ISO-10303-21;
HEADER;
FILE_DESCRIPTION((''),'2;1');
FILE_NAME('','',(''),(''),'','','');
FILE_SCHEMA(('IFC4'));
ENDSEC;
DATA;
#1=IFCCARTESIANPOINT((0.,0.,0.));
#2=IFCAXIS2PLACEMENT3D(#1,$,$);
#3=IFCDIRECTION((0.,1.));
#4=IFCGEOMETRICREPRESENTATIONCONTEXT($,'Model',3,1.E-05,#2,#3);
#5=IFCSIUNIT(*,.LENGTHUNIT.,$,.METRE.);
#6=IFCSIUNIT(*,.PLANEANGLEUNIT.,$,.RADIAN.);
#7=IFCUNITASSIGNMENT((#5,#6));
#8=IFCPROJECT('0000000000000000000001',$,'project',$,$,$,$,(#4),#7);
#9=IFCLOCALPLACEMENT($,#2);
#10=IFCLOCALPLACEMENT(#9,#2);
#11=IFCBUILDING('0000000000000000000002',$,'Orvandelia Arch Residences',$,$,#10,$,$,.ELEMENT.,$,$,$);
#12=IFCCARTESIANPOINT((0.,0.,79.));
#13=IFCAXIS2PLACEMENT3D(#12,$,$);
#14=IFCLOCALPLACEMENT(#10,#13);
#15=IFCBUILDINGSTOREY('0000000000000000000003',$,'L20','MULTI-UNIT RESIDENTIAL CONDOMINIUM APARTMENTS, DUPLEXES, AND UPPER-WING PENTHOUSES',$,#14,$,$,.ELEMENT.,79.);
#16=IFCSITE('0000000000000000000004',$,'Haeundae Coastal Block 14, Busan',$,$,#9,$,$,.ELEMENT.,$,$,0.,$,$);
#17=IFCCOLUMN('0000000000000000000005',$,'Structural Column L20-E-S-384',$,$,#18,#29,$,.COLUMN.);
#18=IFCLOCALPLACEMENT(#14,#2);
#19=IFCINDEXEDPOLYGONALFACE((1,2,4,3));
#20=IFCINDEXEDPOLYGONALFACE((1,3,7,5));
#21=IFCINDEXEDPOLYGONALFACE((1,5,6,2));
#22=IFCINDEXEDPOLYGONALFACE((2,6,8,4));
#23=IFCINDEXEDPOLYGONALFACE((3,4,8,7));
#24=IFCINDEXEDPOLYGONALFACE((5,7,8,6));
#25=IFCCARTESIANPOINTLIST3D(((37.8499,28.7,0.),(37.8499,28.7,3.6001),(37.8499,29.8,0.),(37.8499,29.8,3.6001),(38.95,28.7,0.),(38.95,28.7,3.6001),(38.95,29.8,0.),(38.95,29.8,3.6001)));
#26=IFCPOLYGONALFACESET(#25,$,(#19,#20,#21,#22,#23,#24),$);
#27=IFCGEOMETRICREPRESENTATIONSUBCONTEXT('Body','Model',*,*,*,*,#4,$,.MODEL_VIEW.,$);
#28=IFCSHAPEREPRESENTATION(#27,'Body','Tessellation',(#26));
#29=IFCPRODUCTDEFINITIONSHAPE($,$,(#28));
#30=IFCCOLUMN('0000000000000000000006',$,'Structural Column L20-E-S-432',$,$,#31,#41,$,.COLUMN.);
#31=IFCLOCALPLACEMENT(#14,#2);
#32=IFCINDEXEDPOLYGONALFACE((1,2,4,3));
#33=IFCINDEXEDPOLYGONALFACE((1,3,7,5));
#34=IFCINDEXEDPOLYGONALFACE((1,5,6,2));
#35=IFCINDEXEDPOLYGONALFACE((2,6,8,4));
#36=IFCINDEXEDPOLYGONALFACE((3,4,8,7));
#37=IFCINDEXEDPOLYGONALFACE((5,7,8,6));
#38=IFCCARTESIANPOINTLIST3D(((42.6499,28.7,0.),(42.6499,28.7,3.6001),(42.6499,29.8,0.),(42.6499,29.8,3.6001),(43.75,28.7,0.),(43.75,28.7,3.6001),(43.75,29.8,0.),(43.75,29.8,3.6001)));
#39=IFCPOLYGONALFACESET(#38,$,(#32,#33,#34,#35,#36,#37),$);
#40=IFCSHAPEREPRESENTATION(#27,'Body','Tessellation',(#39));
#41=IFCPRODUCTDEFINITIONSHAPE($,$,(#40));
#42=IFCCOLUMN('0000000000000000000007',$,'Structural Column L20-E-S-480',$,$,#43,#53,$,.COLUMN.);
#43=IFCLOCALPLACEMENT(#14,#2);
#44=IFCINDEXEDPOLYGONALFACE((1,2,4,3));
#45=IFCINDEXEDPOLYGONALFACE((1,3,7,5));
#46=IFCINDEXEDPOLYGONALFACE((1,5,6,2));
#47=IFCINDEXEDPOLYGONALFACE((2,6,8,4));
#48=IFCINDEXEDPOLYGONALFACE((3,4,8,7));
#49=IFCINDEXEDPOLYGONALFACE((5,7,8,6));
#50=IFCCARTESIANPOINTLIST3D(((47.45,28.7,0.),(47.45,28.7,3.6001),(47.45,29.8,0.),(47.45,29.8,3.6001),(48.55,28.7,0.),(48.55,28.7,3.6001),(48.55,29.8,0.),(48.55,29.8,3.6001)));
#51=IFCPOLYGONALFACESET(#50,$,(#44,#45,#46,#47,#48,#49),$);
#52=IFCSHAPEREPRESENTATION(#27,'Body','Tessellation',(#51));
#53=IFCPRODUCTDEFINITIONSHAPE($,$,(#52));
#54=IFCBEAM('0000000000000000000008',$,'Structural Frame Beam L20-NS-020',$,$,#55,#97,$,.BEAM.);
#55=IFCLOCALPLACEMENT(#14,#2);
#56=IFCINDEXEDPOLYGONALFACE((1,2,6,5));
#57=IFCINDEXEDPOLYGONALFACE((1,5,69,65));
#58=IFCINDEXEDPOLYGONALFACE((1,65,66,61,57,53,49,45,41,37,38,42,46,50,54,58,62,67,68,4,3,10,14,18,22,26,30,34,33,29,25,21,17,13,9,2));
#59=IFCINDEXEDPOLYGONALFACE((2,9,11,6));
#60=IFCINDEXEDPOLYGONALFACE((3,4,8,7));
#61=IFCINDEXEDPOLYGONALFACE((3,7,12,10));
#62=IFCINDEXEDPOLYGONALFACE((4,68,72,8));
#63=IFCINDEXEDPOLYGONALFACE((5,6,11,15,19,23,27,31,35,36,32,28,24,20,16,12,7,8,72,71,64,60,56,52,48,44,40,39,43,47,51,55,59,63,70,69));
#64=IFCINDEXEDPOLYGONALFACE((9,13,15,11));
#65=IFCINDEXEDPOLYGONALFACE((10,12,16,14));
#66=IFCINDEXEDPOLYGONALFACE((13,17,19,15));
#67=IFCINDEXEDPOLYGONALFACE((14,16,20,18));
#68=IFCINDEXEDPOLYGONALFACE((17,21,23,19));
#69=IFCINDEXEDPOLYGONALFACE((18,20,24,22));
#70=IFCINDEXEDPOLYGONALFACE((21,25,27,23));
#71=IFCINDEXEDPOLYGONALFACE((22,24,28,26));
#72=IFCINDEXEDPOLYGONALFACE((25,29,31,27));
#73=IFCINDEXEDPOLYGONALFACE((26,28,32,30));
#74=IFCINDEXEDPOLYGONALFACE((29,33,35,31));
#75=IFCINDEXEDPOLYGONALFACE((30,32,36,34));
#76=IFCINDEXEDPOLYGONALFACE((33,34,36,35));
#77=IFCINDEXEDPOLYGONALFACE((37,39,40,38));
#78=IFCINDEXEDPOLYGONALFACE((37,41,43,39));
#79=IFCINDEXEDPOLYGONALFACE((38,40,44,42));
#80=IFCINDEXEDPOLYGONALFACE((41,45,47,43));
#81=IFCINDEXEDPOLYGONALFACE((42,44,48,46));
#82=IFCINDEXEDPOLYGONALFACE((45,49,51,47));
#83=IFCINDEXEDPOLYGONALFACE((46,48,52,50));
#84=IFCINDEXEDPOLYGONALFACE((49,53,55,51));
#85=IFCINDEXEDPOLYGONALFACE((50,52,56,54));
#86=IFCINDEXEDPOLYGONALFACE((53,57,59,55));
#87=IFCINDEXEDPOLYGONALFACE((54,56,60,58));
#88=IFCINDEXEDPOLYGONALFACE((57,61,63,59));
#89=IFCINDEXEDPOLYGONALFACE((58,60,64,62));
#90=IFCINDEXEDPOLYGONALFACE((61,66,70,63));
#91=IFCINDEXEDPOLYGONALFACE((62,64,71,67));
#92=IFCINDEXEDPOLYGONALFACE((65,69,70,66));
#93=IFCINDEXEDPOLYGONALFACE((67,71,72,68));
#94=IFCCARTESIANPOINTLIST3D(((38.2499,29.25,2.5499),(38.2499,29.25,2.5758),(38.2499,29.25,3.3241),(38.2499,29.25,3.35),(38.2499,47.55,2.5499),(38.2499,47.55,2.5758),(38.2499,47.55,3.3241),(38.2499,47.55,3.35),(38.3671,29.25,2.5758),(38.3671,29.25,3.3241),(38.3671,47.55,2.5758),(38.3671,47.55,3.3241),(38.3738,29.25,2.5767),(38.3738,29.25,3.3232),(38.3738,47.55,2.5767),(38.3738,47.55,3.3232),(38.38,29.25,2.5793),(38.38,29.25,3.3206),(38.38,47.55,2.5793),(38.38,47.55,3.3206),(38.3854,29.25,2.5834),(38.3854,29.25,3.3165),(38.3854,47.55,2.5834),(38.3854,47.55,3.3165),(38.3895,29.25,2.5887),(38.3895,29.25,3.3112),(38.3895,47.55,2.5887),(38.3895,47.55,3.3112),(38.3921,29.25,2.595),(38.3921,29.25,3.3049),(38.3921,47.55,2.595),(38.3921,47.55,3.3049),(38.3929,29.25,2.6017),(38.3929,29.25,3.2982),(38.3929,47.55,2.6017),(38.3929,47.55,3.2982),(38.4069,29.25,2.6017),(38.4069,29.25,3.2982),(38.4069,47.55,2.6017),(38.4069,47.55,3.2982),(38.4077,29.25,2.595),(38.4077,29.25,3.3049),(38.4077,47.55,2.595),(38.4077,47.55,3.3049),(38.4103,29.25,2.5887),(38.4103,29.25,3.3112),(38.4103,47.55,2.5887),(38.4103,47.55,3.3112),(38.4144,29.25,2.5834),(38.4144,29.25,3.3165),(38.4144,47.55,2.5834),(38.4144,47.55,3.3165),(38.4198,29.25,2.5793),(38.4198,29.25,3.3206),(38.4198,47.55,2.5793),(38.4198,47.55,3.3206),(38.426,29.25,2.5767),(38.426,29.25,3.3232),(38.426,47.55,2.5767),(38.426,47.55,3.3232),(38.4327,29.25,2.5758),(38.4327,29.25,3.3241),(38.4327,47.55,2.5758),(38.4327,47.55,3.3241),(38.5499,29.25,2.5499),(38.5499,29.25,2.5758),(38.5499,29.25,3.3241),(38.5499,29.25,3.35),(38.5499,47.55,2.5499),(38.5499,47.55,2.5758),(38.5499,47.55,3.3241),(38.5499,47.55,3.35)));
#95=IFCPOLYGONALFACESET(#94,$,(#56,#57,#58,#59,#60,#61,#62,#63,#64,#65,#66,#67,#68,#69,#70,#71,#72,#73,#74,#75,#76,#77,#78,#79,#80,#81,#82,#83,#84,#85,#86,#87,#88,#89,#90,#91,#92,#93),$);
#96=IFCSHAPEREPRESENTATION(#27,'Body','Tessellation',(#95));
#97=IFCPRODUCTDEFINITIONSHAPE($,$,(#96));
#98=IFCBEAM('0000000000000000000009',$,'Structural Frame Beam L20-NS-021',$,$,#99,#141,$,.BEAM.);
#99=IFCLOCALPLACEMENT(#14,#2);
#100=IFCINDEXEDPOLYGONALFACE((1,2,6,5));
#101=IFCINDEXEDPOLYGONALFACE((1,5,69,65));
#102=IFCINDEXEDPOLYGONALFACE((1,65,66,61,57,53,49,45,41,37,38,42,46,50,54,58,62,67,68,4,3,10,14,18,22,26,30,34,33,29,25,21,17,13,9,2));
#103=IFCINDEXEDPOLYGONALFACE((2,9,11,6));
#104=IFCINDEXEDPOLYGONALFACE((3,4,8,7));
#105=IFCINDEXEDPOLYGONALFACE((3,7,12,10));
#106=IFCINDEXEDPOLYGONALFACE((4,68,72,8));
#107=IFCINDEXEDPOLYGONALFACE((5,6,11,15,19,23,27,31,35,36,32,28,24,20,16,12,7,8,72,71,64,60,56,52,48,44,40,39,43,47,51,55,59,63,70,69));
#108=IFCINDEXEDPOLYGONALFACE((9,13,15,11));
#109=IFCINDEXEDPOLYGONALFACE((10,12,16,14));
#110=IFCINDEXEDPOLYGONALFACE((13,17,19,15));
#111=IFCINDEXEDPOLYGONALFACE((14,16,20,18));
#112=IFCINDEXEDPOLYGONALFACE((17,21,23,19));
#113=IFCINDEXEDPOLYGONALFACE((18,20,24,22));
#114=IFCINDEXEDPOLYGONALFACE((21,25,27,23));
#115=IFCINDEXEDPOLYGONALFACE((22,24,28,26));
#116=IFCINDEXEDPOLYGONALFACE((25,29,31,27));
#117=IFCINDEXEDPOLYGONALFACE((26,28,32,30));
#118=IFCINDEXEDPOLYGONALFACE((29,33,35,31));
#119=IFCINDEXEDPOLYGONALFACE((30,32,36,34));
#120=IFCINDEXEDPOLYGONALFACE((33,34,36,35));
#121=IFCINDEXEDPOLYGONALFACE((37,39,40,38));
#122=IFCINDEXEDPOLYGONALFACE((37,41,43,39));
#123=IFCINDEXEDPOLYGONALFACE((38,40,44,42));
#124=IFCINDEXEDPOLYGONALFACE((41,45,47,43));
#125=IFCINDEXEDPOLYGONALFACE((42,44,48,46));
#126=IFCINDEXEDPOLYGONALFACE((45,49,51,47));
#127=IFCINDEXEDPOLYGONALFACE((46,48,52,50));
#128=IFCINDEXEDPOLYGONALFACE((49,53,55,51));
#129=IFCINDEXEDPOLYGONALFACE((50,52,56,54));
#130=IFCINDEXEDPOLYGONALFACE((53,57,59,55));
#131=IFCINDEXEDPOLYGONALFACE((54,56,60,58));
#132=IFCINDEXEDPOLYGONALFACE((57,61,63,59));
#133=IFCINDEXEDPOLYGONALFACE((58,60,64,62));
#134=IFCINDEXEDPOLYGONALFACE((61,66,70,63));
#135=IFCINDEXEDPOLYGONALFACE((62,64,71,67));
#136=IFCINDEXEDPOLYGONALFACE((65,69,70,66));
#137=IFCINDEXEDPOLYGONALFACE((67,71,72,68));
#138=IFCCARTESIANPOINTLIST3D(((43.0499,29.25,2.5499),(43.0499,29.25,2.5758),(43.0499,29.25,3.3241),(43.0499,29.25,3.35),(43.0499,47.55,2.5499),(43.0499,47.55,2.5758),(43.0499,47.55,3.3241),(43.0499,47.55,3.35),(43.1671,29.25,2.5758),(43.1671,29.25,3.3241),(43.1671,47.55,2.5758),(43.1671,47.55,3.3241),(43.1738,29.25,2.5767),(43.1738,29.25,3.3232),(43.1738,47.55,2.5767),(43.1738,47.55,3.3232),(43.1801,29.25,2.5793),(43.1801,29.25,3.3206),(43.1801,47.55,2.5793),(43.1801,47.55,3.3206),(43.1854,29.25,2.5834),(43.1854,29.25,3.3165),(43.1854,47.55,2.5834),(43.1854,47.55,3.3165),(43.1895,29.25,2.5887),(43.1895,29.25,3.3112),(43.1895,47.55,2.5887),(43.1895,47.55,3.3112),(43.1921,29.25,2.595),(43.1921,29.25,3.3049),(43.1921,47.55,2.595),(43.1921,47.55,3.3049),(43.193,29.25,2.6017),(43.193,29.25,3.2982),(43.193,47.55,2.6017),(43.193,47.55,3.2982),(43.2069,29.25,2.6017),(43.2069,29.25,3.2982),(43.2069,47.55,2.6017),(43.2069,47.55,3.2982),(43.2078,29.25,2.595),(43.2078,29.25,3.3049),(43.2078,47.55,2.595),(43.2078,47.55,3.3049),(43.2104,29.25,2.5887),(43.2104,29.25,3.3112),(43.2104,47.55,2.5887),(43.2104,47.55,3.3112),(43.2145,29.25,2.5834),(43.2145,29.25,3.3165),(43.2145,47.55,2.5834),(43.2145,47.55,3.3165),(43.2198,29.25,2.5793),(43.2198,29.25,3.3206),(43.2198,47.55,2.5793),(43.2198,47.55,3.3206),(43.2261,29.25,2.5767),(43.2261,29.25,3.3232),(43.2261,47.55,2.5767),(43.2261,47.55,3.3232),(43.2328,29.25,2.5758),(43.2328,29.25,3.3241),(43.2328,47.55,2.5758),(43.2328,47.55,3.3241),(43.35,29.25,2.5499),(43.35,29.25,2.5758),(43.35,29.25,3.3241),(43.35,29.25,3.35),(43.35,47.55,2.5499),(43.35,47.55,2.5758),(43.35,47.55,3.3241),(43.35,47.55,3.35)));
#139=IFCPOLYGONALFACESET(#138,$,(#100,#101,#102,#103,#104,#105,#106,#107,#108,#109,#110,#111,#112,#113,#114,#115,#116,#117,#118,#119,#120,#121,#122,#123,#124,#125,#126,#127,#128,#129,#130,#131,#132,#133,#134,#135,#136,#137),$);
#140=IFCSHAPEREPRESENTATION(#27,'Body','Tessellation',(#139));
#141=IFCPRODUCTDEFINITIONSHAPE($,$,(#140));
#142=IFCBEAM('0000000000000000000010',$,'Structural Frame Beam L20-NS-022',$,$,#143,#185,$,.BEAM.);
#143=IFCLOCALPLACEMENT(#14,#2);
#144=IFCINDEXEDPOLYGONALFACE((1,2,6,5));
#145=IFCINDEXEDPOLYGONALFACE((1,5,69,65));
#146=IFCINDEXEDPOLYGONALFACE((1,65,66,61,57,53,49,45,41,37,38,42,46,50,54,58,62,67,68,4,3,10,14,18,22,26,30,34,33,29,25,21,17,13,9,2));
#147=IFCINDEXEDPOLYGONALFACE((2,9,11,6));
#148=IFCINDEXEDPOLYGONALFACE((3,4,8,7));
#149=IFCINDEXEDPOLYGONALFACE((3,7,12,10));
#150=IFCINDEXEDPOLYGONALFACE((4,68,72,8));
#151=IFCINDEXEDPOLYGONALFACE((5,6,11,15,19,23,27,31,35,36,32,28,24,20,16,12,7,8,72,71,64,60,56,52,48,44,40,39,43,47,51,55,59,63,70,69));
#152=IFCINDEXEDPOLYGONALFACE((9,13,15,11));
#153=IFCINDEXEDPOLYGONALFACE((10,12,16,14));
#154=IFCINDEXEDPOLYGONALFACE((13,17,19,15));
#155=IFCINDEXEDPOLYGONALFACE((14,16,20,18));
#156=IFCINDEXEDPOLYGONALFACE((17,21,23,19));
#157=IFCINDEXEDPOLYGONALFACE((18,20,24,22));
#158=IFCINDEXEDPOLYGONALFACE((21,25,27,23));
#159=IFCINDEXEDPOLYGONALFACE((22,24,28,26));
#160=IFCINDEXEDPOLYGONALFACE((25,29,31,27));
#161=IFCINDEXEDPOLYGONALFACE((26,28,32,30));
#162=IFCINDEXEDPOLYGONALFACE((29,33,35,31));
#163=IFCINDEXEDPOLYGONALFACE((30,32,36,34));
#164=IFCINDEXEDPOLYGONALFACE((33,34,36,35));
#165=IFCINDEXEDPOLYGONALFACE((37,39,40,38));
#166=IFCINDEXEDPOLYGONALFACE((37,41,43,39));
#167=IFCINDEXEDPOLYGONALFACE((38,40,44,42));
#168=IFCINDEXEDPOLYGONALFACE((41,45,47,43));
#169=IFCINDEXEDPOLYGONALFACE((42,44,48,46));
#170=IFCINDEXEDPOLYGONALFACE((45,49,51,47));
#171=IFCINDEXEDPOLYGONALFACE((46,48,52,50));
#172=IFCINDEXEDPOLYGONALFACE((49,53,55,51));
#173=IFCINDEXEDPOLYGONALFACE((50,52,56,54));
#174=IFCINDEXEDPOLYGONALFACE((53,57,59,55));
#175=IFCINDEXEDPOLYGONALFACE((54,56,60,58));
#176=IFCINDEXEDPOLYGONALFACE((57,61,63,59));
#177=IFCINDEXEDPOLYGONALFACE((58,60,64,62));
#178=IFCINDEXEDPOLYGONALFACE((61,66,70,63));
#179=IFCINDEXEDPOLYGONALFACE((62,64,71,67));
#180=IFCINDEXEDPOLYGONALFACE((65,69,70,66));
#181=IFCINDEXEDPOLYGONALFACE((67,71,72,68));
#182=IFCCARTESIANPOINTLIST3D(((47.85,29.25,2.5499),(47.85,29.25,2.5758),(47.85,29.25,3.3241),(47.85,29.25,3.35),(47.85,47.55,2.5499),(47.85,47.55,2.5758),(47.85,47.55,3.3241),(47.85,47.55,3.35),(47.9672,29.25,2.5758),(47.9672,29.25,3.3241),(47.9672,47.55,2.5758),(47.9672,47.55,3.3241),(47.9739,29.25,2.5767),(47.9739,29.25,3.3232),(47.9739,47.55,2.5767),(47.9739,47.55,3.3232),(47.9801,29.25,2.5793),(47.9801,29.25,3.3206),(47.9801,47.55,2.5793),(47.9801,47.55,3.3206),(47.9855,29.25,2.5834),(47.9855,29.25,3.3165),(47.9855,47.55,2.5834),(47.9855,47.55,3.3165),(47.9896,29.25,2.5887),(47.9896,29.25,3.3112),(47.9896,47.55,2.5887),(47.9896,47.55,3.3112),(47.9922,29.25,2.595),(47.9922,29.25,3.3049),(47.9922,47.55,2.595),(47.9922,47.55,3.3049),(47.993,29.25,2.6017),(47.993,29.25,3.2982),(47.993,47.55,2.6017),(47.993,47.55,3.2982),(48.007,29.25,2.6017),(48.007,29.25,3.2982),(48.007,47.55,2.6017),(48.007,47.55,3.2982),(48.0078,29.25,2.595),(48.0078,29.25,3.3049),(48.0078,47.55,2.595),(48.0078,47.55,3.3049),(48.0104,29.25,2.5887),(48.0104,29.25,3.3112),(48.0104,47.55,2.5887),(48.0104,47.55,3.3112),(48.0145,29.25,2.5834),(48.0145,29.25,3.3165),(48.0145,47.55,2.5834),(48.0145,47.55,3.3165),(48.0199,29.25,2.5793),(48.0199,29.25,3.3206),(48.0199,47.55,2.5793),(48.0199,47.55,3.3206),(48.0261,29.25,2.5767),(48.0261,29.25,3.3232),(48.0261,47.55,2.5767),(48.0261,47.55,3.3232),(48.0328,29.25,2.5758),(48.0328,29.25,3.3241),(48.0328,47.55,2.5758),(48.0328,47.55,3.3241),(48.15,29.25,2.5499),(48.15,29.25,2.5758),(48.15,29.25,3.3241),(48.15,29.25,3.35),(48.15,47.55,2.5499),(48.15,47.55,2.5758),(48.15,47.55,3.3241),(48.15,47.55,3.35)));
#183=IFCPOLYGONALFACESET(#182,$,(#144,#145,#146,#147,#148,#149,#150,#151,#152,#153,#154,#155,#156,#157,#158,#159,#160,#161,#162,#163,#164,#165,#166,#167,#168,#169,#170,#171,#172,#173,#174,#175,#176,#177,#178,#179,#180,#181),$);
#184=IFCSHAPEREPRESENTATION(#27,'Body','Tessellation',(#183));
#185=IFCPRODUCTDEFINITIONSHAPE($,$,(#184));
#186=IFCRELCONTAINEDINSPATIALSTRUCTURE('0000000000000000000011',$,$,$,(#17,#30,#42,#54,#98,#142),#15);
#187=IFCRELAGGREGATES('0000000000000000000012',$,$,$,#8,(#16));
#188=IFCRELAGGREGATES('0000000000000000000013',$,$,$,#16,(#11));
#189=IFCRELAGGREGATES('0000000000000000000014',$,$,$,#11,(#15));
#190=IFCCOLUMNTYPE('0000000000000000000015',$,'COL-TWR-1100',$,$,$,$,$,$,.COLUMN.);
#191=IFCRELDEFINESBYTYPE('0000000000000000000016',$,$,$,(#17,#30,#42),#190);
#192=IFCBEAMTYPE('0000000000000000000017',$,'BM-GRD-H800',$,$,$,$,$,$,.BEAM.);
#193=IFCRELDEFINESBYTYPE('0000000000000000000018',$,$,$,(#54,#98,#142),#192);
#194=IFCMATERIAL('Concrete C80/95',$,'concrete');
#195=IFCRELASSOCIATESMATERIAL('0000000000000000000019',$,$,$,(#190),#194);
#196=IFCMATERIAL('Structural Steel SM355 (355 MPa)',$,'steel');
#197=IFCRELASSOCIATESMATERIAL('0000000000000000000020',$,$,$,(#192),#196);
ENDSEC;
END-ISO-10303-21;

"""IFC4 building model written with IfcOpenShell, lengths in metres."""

from ifc_helpers import new_model, si_unit, direction, frame, origin, origin_2d, place, context, subcontext, project, spatial, rectangle, i_section, extrude, material, material_profile, profile_set, type_object, element, save


model = new_model("IFC4")

# Units and contexts
model_context = context("Model", 3, precision=1e-05, world=origin(), true_north=direction((0.0, 1.0)))
body_context = subcontext(model_context, "Body", "Model", "MODEL_VIEW")
ifc_project = project(units=[si_unit("LENGTHUNIT", "METRE"), si_unit("PLANEANGLEUNIT", "RADIAN")], contexts=[model_context])

# Site, building, storey
site_placement = place(None, origin())
site = spatial("IfcSite", under=ifc_project, at=site_placement, Name="Haeundae Coastal Block 14, Busan", CompositionType="ELEMENT", RefElevation=0.0)
building_placement = place(site_placement, origin())
building = spatial("IfcBuilding", under=site, at=building_placement, Name="Orvandelia Arch Residences", CompositionType="ELEMENT")
storey_placement = place(building_placement, frame((0.0, 0.0, 79.0)))
storey = spatial("IfcBuildingStorey", under=building, at=storey_placement, Name="L20", Description="MULTI-UNIT RESIDENTIAL CONDOMINIUM APARTMENTS, DUPLEXES, AND UPPER-WING PENTHOUSES", CompositionType="ELEMENT", Elevation=79.0)

# Columns
ifc_material_1 = material(Name="Concrete C80/95", Category="concrete")
ifc_material_profile_1 = material_profile(ifc_material_1, rectangle(XDim=1.1001, YDim=1.1001, at=origin_2d()), Name="Concrete C80/95", Category="concrete")
ifc_profile_set_1 = profile_set([ifc_material_profile_1], Name="Concrete C80/95")
column_type = type_object("IfcColumnType", Name="COL-TWR-1100", PredefinedType="COLUMN", material=ifc_profile_set_1)
for number, where, z_axis, x_axis, name in (
    (1, (38.3999, 29.25, 0.0), (0.0, 0.0, 1.0), (1.0, 0.0, 0.0), "Structural Column L20-E-S-384"),
    (2, (43.2, 29.25, 0.0), (0.0, 0.0, 1.0), (1.0, 0.0, 0.0), "Structural Column L20-E-S-432"),
    (3, (48.0, 29.25, 0.0), (0.0, 0.0, 1.0), (1.0, 0.0, 0.0), "Structural Column L20-E-S-480"),
):
    element("IfcColumn", number, at=place(storey_placement, frame(where, z_axis=z_axis, x_axis=x_axis)), inside=storey, type_object=column_type, Name=name, PredefinedType="COLUMN", context=body_context, shape_type="SweptSolid", body=[
        extrude(rectangle(XDim=1.1001, YDim=1.1001, at=origin_2d()), origin(), (0.0, 0.0, 1.0), 3.6001),
    ])

# Beams
ifc_material_2 = material(Name="Structural Steel SM355 (355 MPa)", Category="steel")
ifc_material_profile_2 = material_profile(ifc_material_2, i_section(OverallWidth=0.3, OverallDepth=0.8, WebThickness=0.0139, FlangeThickness=0.0259, FilletRadius=0.0259, at=origin_2d()), Name="Structural Steel SM355 (355 MPa)", Category="steel")
ifc_profile_set_2 = profile_set([ifc_material_profile_2], Name="Structural Steel SM355 (355 MPa)")
beam_type = type_object("IfcBeamType", Name="BM-GRD-H800", PredefinedType="BEAM", material=ifc_profile_set_2)
for number, where, z_axis, x_axis, name in (
    (4, (38.3999, 29.25, 2.95), (0.0, 1.0, 0.0), (-1.0, 0.0, 0.0), "Structural Frame Beam L20-NS-020"),
    (5, (43.2, 29.25, 2.95), (0.0, 1.0, 0.0), (-1.0, 0.0, 0.0), "Structural Frame Beam L20-NS-021"),
    (6, (48.0, 29.25, 2.95), (0.0, 1.0, 0.0), (-1.0, 0.0, 0.0), "Structural Frame Beam L20-NS-022"),
):
    element("IfcBeam", number, at=place(storey_placement, frame(where, z_axis=z_axis, x_axis=x_axis)), inside=storey, type_object=beam_type, Name=name, PredefinedType="BEAM", context=body_context, shape_type="SweptSolid", body=[
        extrude(i_section(OverallWidth=0.3, OverallDepth=0.8, WebThickness=0.0139, FlangeThickness=0.0259, FilletRadius=0.0259, at=origin_2d()), origin(), (0.0, 0.0, 1.0), 18.3),
    ])

save(model, "model.ifc")
